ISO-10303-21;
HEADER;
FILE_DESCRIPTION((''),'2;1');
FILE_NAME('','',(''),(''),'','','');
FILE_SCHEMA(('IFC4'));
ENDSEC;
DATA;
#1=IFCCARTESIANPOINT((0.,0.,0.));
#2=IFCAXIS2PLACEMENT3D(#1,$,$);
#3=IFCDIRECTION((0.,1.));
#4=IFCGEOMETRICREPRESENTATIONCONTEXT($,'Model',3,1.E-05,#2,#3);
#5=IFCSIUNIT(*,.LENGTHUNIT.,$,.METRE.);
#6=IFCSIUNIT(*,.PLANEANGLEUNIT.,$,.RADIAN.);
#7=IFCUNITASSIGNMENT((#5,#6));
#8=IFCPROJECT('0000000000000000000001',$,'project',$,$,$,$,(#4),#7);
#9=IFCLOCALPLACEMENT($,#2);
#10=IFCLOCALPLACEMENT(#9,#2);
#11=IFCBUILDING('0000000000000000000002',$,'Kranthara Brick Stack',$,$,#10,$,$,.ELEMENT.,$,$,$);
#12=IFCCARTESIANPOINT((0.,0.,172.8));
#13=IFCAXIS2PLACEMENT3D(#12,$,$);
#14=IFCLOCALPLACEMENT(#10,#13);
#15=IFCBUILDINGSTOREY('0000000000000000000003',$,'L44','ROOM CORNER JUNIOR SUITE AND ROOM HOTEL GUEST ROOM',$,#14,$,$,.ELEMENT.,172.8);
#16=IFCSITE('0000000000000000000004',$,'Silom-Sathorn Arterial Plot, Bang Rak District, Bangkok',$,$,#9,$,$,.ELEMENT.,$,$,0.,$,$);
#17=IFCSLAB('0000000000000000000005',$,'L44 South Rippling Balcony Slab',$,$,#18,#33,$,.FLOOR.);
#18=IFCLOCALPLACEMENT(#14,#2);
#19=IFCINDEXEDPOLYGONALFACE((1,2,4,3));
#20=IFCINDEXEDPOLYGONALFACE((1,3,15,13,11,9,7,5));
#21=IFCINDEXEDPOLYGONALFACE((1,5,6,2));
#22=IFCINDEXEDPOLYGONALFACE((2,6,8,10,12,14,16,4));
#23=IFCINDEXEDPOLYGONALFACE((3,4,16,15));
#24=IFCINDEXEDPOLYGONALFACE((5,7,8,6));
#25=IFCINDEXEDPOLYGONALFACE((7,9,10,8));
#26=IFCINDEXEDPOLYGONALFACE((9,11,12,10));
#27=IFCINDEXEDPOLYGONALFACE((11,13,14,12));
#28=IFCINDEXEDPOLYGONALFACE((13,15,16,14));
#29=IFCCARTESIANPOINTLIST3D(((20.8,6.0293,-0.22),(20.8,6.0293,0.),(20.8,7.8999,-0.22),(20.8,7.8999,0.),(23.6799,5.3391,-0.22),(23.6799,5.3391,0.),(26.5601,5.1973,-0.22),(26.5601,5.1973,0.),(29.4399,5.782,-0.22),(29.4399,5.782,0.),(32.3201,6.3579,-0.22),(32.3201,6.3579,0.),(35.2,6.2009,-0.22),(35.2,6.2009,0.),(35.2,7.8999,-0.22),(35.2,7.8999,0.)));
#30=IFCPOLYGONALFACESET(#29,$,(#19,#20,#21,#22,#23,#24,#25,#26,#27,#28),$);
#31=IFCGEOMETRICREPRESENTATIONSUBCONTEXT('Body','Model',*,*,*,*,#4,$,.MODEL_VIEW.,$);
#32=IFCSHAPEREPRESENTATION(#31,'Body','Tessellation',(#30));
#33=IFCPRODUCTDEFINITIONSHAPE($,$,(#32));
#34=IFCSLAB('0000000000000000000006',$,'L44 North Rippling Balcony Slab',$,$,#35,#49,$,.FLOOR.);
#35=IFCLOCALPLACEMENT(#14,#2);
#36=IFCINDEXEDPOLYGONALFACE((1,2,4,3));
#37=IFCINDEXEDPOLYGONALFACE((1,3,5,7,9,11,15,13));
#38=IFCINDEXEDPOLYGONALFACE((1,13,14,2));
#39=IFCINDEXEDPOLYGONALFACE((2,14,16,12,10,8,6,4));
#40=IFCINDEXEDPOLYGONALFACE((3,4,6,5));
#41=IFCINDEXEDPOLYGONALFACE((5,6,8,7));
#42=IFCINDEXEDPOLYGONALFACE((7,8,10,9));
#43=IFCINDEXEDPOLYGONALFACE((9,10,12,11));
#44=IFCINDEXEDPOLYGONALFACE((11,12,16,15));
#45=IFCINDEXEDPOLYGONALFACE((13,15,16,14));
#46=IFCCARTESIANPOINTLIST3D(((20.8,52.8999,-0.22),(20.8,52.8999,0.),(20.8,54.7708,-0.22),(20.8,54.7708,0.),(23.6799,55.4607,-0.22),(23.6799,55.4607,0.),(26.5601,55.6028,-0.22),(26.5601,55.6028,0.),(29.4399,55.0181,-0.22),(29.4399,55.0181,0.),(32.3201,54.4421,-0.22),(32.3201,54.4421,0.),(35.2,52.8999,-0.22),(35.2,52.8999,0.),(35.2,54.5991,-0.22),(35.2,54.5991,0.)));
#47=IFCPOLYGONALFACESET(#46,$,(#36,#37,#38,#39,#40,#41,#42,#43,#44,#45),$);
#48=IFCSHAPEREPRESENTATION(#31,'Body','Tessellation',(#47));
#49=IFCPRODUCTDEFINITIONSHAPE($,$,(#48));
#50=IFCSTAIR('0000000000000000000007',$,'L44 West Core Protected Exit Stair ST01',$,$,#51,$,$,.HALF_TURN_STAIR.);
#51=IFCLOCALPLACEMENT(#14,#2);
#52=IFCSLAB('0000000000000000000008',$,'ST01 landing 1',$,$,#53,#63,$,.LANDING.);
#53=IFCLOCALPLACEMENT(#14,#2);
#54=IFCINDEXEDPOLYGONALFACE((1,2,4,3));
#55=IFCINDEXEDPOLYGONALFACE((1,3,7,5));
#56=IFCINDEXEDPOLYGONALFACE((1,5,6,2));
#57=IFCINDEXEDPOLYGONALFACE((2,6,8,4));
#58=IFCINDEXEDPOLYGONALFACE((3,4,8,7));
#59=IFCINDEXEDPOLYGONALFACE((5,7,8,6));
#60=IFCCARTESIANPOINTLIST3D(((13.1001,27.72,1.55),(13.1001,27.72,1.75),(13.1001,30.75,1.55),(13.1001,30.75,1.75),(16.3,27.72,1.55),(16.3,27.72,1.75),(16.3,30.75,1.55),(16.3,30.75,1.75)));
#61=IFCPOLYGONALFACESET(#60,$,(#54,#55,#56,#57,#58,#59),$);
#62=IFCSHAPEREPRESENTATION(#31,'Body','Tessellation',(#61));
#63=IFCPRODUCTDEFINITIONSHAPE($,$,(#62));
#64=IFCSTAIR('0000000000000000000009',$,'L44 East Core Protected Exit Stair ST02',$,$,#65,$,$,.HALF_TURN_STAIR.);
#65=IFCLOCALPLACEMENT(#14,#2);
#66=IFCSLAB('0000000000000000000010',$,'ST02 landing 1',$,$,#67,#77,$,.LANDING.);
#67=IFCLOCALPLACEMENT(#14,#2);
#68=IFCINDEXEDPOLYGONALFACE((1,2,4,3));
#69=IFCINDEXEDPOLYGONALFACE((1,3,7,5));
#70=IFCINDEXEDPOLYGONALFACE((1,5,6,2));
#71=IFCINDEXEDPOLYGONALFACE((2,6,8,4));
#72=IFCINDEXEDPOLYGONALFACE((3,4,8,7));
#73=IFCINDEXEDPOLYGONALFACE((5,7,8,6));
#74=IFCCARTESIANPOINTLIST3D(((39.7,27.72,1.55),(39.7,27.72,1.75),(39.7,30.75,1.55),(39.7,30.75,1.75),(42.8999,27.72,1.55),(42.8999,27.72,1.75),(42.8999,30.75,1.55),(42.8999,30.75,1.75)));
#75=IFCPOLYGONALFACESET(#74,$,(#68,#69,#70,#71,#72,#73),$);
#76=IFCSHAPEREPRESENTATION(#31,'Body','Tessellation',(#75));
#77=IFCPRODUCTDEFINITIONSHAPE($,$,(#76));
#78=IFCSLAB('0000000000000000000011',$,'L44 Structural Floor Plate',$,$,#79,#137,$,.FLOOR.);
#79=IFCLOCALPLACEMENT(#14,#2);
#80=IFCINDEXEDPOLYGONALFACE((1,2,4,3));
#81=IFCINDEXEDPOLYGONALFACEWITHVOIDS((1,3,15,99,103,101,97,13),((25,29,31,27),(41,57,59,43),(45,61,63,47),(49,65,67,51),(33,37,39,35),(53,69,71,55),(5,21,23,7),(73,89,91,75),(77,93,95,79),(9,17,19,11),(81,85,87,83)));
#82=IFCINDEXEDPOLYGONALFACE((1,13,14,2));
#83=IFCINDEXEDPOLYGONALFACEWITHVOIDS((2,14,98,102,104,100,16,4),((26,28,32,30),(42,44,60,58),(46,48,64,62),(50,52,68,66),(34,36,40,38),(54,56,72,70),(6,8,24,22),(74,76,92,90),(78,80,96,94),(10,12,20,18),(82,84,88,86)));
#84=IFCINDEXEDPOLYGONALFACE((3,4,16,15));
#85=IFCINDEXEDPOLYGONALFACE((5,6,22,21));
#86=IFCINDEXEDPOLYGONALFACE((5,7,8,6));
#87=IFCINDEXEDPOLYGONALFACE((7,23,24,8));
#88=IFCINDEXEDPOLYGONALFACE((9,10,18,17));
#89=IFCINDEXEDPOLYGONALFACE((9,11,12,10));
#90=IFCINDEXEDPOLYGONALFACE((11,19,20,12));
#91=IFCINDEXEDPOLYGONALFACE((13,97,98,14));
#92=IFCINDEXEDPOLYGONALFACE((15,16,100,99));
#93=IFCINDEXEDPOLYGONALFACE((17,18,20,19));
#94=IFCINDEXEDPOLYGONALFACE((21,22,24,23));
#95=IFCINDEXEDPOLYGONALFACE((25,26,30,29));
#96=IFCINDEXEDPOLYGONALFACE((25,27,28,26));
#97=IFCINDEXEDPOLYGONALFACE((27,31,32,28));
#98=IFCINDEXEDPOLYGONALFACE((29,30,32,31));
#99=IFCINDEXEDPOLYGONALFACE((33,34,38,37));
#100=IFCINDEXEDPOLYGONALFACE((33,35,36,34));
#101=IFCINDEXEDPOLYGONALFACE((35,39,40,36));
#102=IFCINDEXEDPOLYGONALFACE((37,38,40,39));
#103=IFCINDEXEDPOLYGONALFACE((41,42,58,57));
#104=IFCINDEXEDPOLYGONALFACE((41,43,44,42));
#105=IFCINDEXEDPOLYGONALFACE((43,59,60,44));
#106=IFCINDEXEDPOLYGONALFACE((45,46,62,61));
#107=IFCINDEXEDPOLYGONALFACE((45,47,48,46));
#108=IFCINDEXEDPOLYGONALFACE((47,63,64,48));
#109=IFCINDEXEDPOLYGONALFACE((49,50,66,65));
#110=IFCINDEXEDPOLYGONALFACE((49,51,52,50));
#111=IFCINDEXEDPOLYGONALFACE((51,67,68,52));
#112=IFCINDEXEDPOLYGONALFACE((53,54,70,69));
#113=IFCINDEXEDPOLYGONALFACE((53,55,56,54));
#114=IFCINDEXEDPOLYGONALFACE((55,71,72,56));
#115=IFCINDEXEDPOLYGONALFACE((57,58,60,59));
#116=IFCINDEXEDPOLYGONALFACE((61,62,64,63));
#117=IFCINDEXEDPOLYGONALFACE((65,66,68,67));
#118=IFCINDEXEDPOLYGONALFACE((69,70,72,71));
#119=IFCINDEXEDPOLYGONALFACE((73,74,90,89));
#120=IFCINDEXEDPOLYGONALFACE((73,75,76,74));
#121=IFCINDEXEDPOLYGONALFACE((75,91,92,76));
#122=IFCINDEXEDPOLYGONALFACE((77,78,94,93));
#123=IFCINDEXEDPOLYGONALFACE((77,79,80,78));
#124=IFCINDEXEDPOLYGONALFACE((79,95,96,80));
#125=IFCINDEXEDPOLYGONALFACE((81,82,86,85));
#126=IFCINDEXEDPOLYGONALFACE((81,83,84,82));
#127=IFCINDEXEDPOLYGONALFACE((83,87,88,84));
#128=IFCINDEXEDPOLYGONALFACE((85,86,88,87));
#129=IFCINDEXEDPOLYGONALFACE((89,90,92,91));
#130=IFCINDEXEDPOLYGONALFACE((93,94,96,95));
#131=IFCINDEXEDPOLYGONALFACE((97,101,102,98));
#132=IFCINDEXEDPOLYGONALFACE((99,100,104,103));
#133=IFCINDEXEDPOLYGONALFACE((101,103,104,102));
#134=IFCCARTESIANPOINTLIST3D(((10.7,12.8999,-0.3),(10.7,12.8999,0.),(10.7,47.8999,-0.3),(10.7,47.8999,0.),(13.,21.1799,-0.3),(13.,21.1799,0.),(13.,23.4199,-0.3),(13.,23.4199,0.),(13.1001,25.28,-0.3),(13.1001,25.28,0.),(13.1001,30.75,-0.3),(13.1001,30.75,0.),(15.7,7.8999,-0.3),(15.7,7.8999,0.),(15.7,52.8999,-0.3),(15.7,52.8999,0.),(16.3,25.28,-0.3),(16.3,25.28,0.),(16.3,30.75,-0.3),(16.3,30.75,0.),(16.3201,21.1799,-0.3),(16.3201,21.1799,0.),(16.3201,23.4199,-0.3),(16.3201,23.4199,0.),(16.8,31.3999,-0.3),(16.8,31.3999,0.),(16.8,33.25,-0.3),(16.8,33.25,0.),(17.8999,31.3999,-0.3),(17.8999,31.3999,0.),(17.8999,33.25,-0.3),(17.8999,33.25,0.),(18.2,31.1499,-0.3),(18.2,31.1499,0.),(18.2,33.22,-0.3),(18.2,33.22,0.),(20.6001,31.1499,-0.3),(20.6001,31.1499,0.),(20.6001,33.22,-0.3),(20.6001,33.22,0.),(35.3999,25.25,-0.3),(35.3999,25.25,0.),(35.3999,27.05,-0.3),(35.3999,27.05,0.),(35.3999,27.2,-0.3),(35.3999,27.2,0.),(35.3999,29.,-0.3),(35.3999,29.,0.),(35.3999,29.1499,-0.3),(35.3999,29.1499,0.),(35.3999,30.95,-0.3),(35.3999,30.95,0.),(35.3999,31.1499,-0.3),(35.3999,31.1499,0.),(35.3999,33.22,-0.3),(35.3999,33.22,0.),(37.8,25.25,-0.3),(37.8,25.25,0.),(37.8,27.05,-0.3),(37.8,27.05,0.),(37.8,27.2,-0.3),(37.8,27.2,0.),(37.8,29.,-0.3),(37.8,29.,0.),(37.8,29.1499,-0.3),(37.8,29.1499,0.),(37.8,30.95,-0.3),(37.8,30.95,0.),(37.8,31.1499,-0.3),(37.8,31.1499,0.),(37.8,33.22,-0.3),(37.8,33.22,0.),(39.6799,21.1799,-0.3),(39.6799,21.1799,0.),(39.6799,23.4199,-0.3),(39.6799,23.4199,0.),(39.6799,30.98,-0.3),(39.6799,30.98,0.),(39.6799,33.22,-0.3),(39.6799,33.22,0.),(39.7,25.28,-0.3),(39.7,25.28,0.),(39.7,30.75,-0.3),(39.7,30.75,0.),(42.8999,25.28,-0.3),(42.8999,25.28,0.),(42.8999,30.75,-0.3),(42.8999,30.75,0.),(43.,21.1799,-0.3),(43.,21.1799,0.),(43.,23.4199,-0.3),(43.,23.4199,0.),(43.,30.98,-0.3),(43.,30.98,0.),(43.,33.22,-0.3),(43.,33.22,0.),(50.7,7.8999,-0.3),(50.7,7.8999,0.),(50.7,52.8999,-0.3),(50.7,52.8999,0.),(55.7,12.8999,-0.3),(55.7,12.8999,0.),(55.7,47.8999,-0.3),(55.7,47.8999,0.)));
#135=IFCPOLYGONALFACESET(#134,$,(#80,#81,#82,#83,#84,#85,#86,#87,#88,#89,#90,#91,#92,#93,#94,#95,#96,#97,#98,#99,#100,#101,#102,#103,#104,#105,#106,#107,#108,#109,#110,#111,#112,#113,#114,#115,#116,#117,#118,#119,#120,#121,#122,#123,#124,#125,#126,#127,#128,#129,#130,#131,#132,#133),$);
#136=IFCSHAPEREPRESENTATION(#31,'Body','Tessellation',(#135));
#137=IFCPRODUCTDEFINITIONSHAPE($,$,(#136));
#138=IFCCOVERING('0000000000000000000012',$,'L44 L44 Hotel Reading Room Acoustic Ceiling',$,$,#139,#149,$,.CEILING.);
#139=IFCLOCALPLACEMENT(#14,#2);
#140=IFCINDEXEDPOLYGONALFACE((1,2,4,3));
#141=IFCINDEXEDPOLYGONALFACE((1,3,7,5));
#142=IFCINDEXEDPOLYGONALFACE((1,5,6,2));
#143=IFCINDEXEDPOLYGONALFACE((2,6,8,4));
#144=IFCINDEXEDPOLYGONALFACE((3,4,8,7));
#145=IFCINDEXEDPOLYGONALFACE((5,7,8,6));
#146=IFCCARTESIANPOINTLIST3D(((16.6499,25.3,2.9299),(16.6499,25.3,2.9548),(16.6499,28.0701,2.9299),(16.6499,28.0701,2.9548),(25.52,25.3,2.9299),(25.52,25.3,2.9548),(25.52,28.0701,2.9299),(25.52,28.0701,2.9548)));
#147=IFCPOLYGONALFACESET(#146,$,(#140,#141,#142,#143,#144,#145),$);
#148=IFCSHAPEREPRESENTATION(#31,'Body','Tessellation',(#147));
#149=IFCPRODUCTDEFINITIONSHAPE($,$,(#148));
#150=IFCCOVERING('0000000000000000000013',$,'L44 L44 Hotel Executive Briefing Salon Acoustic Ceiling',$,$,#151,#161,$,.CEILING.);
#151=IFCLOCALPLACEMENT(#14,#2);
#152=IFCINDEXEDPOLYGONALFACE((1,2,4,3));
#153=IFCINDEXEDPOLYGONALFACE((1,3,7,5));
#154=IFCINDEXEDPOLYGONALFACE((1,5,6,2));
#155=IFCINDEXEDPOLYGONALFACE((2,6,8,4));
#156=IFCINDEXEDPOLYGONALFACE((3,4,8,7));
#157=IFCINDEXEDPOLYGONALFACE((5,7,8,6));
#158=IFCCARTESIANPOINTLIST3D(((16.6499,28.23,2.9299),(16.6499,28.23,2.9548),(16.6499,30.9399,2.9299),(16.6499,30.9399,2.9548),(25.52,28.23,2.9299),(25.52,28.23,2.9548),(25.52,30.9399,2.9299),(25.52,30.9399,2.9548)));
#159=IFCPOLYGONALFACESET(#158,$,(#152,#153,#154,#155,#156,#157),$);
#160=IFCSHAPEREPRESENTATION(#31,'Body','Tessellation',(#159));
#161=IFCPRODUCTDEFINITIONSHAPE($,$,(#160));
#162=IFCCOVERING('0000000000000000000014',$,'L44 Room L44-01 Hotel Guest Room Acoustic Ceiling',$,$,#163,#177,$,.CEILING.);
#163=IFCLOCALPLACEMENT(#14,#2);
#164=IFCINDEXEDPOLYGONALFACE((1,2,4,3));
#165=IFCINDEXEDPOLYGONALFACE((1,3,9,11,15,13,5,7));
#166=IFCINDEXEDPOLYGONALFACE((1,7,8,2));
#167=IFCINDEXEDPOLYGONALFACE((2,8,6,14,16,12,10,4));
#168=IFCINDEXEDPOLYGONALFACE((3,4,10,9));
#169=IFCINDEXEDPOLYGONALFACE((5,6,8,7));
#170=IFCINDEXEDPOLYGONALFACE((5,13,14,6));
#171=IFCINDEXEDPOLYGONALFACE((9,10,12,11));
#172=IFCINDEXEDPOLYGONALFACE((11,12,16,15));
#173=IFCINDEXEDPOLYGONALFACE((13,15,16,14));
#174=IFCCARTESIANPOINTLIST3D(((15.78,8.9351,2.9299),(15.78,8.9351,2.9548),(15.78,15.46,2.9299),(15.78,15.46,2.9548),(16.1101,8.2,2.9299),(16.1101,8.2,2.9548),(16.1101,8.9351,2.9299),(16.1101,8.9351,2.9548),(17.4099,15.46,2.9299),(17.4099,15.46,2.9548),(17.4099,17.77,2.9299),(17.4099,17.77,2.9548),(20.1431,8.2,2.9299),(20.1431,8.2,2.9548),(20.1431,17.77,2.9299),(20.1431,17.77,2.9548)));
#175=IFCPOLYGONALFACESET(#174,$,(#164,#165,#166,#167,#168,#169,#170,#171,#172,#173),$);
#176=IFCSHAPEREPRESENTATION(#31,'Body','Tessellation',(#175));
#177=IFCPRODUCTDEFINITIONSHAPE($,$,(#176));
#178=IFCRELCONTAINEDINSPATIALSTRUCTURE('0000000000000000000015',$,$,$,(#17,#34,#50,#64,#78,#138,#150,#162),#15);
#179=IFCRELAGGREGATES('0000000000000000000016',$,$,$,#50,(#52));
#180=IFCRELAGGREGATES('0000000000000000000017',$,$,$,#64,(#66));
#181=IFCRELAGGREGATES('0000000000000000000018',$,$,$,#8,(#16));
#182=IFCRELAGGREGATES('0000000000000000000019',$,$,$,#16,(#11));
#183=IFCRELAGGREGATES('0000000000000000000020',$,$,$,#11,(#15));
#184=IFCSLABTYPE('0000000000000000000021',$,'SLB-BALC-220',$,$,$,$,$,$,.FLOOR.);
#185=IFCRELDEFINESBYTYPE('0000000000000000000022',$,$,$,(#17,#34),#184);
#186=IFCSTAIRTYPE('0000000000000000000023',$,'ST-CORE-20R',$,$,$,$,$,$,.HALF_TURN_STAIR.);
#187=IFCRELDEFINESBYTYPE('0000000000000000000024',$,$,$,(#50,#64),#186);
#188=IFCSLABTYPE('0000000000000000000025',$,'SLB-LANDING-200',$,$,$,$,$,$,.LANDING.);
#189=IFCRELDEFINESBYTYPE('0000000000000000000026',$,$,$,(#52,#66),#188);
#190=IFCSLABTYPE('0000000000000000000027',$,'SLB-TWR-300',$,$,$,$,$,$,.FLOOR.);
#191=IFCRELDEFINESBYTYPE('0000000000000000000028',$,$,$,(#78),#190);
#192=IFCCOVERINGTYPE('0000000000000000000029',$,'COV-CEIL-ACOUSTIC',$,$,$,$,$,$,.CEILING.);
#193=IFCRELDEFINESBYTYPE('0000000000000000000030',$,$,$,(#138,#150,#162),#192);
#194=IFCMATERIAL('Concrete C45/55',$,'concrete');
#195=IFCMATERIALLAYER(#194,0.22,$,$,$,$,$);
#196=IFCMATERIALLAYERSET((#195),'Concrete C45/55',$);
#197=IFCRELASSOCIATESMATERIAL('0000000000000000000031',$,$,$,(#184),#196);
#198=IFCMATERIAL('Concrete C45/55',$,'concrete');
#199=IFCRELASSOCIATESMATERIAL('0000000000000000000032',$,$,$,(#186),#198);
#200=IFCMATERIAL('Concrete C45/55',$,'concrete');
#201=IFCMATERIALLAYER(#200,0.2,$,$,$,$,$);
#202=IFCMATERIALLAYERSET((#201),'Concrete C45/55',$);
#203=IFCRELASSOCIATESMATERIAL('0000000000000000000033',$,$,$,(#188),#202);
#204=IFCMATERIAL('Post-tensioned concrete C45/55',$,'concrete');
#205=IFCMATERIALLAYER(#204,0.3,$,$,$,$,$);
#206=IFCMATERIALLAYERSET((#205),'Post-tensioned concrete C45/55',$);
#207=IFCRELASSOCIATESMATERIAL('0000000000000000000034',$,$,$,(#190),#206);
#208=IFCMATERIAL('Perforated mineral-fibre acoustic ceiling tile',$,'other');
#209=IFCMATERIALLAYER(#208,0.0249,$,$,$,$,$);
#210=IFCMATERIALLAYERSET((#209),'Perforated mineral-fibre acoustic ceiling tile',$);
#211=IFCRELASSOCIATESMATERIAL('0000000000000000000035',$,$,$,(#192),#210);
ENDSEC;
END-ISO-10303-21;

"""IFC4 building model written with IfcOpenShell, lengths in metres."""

from ifc_helpers import new_model, si_unit, direction, frame, origin, place, context, subcontext, project, spatial, polyline, outline, extrude, material, layer, layer_set, type_object, element, aggregate, save


model = new_model("IFC4")

# Units and contexts
model_context = context("Model", 3, precision=1e-05, world=origin(), true_north=direction((0.0, 1.0)))
body_context = subcontext(model_context, "Body", "Model", "MODEL_VIEW")
ifc_project = project(units=[si_unit("LENGTHUNIT", "METRE"), si_unit("PLANEANGLEUNIT", "RADIAN")], contexts=[model_context])

# Site, building, storey
site_placement = place(None, origin())
site = spatial("IfcSite", under=ifc_project, at=site_placement, Name="Silom-Sathorn Arterial Plot, Bang Rak District, Bangkok", CompositionType="ELEMENT", RefElevation=0.0)
building_placement = place(site_placement, origin())
building = spatial("IfcBuilding", under=site, at=building_placement, Name="Kranthara Brick Stack", CompositionType="ELEMENT")
storey_placement = place(building_placement, frame((0.0, 0.0, 172.8)))
storey = spatial("IfcBuildingStorey", under=building, at=storey_placement, Name="L44", Description="ROOM CORNER JUNIOR SUITE AND ROOM HOTEL GUEST ROOM", CompositionType="ELEMENT", Elevation=172.8)

# Slabs
ifc_material_1 = material(Name="Concrete C45/55", Category="concrete")
ifc_layer_1 = layer(ifc_material_1, 0.22)
ifc_layer_set_1 = layer_set([ifc_layer_1], Name="Concrete C45/55")
slab_type_1 = type_object("IfcSlabType", Name="SLB-BALC-220", PredefinedType="FLOOR", material=ifc_layer_set_1)
slab_1_placement = place(storey_placement, frame((0.0, 0.0, -0.22)))
element("IfcSlab", 1, at=slab_1_placement, inside=storey, type_object=slab_type_1, Name="L44 South Rippling Balcony Slab", PredefinedType="FLOOR", context=body_context, shape_type="SweptSolid", body=[
    extrude(outline(polyline([(20.8, 7.8999), (35.2, 7.8999), (35.2, 6.2009), (32.3201, 6.3579), (29.4399, 5.782), (26.5601, 5.1973), (23.6799, 5.3391), (20.8, 6.0293), (20.8, 7.8999)])), origin(), (0.0, 0.0, 1.0), 0.22),
])
slab_2_placement = place(storey_placement, frame((0.0, 0.0, -0.22)))
element("IfcSlab", 2, at=slab_2_placement, inside=storey, type_object=slab_type_1, Name="L44 North Rippling Balcony Slab", PredefinedType="FLOOR", context=body_context, shape_type="SweptSolid", body=[
    extrude(outline(polyline([(35.2, 52.8999), (20.8, 52.8999), (20.8, 54.7708), (23.6799, 55.4607), (26.5601, 55.6028), (29.4399, 55.0181), (32.3201, 54.4421), (35.2, 54.5991), (35.2, 52.8999)])), origin(), (0.0, 0.0, 1.0), 0.22),
])

# Stairs, slabs
ifc_material_2 = material(Name="Concrete C45/55", Category="concrete")
stair_type = type_object("IfcStairType", Name="ST-CORE-20R", PredefinedType="HALF_TURN_STAIR", material=ifc_material_2)
stair_1_placement = place(storey_placement, origin())
stair_1 = element("IfcStair", 3, at=stair_1_placement, inside=storey, type_object=stair_type, Name="L44 West Core Protected Exit Stair ST01", PredefinedType="HALF_TURN_STAIR")
ifc_material_3 = material(Name="Concrete C45/55", Category="concrete")
ifc_layer_2 = layer(ifc_material_3, 0.2)
ifc_layer_set_2 = layer_set([ifc_layer_2], Name="Concrete C45/55")
slab_type_2 = type_object("IfcSlabType", Name="SLB-LANDING-200", PredefinedType="LANDING", material=ifc_layer_set_2)
slab_3_placement = place(storey_placement, frame((0.0, 0.0, 1.55)))
slab_3 = element("IfcSlab", 4, at=slab_3_placement, type_object=slab_type_2, Name="ST01 landing 1", PredefinedType="LANDING", context=body_context, shape_type="SweptSolid", body=[
    extrude(outline(polyline([(16.3, 27.72), (16.3, 30.75), (13.1001, 30.75), (13.1001, 27.72), (16.3, 27.72)])), origin(), (0.0, 0.0, 1.0), 0.2),
])
aggregate(stair_1, [slab_3])
stair_2_placement = place(storey_placement, origin())
stair_2 = element("IfcStair", 5, at=stair_2_placement, inside=storey, type_object=stair_type, Name="L44 East Core Protected Exit Stair ST02", PredefinedType="HALF_TURN_STAIR")
slab_4_placement = place(storey_placement, frame((0.0, 0.0, 1.55)))
slab_4 = element("IfcSlab", 6, at=slab_4_placement, type_object=slab_type_2, Name="ST02 landing 1", PredefinedType="LANDING", context=body_context, shape_type="SweptSolid", body=[
    extrude(outline(polyline([(42.8999, 27.72), (42.8999, 30.75), (39.7, 30.75), (39.7, 27.72), (42.8999, 27.72)])), origin(), (0.0, 0.0, 1.0), 0.2),
])
aggregate(stair_2, [slab_4])

# Slab
ifc_material_4 = material(Name="Post-tensioned concrete C45/55", Category="concrete")
ifc_layer_3 = layer(ifc_material_4, 0.3)
ifc_layer_set_3 = layer_set([ifc_layer_3], Name="Post-tensioned concrete C45/55")
slab_type_3 = type_object("IfcSlabType", Name="SLB-TWR-300", PredefinedType="FLOOR", material=ifc_layer_set_3)
slab_5_placement = place(storey_placement, frame((0.0, 0.0, -0.3)))
element("IfcSlab", 7, at=slab_5_placement, inside=storey, type_object=slab_type_3, Name="L44 Structural Floor Plate", PredefinedType="FLOOR", context=body_context, shape_type="SweptSolid", body=[
    extrude(outline(polyline([(15.7, 7.8999), (50.7, 7.8999), (55.7, 12.8999), (55.7, 47.8999), (50.7, 52.8999), (15.7, 52.8999), (10.7, 47.8999), (10.7, 12.8999), (15.7, 7.8999)]), holes=[polyline([(13.1001, 25.28), (16.3, 25.28), (16.3, 30.75), (13.1001, 30.75), (13.1001, 25.28)]), polyline([(39.7, 25.28), (42.8999, 25.28), (42.8999, 30.75), (39.7, 30.75), (39.7, 25.28)]), polyline([(13.0, 21.1799), (16.3201, 21.1799), (16.3201, 23.4199), (13.0, 23.4199), (13.0, 21.1799)]), polyline([(39.6799, 21.1799), (43.0, 21.1799), (43.0, 23.4199), (39.6799, 23.4199), (39.6799, 21.1799)]), polyline([(39.6799, 30.98), (43.0, 30.98), (43.0, 33.22), (39.6799, 33.22), (39.6799, 30.98)]), polyline([(35.3999, 25.25), (37.8, 25.25), (37.8, 27.05), (35.3999, 27.05), (35.3999, 25.25)]), polyline([(35.3999, 27.2), (37.8, 27.2), (37.8, 29.0), (35.3999, 29.0), (35.3999, 27.2)]), polyline([(35.3999, 29.1499), (37.8, 29.1499), (37.8, 30.95), (35.3999, 30.95), (35.3999, 29.1499)]), polyline([(18.2, 31.1499), (20.6001, 31.1499), (20.6001, 33.22), (18.2, 33.22), (18.2, 31.1499)]), polyline([(35.3999, 31.1499), (37.8, 31.1499), (37.8, 33.22), (35.3999, 33.22), (35.3999, 31.1499)]), polyline([(16.8, 31.3999), (17.8999, 31.3999), (17.8999, 33.25), (16.8, 33.25), (16.8, 31.3999)])]), origin(), (0.0, 0.0, 1.0), 0.3),
])

# Coverings
ifc_material_5 = material(Name="Perforated mineral-fibre acoustic ceiling tile", Category="other")
ifc_layer_4 = layer(ifc_material_5, 0.0249)
ifc_layer_set_4 = layer_set([ifc_layer_4], Name="Perforated mineral-fibre acoustic ceiling tile")
covering_type_1 = type_object("IfcCoveringType", Name="COV-CEIL-ACOUSTIC", PredefinedType="CEILING", material=ifc_layer_set_4)
covering_1_placement = place(storey_placement, frame((0.0, 0.0, 2.9299)))
element("IfcCovering", 8, at=covering_1_placement, inside=storey, type_object=covering_type_1, Name="L44 L44 Hotel Reading Room Acoustic Ceiling", PredefinedType="CEILING", context=body_context, shape_type="SweptSolid", body=[
    extrude(outline(polyline([(25.52, 25.3), (25.52, 28.0701), (16.6499, 28.0701), (16.6499, 25.3), (25.52, 25.3)])), origin(), (0.0, 0.0, 1.0), 0.0249),
])
covering_2_placement = place(storey_placement, frame((0.0, 0.0, 2.9299)))
element("IfcCovering", 9, at=covering_2_placement, inside=storey, type_object=covering_type_1, Name="L44 L44 Hotel Executive Briefing Salon Acoustic Ceiling", PredefinedType="CEILING", context=body_context, shape_type="SweptSolid", body=[
    extrude(outline(polyline([(25.52, 28.23), (25.52, 30.9399), (16.6499, 30.9399), (16.6499, 28.23), (25.52, 28.23)])), origin(), (0.0, 0.0, 1.0), 0.0249),
])
covering_3_placement = place(storey_placement, frame((0.0, 0.0, 2.9299)))
element("IfcCovering", 10, at=covering_3_placement, inside=storey, type_object=covering_type_1, Name="L44 Room L44-01 Hotel Guest Room Acoustic Ceiling", PredefinedType="CEILING", context=body_context, shape_type="SweptSolid", body=[
    extrude(outline(polyline([(15.78, 15.46), (17.4099, 15.46), (17.4099, 17.77), (20.1431, 17.77), (20.1431, 8.2), (16.1101, 8.2), (16.1101, 8.9351), (15.78, 8.9351), (15.78, 15.46)])), origin(), (0.0, 0.0, 1.0), 0.0249),
])

save(model, "model.ifc")
